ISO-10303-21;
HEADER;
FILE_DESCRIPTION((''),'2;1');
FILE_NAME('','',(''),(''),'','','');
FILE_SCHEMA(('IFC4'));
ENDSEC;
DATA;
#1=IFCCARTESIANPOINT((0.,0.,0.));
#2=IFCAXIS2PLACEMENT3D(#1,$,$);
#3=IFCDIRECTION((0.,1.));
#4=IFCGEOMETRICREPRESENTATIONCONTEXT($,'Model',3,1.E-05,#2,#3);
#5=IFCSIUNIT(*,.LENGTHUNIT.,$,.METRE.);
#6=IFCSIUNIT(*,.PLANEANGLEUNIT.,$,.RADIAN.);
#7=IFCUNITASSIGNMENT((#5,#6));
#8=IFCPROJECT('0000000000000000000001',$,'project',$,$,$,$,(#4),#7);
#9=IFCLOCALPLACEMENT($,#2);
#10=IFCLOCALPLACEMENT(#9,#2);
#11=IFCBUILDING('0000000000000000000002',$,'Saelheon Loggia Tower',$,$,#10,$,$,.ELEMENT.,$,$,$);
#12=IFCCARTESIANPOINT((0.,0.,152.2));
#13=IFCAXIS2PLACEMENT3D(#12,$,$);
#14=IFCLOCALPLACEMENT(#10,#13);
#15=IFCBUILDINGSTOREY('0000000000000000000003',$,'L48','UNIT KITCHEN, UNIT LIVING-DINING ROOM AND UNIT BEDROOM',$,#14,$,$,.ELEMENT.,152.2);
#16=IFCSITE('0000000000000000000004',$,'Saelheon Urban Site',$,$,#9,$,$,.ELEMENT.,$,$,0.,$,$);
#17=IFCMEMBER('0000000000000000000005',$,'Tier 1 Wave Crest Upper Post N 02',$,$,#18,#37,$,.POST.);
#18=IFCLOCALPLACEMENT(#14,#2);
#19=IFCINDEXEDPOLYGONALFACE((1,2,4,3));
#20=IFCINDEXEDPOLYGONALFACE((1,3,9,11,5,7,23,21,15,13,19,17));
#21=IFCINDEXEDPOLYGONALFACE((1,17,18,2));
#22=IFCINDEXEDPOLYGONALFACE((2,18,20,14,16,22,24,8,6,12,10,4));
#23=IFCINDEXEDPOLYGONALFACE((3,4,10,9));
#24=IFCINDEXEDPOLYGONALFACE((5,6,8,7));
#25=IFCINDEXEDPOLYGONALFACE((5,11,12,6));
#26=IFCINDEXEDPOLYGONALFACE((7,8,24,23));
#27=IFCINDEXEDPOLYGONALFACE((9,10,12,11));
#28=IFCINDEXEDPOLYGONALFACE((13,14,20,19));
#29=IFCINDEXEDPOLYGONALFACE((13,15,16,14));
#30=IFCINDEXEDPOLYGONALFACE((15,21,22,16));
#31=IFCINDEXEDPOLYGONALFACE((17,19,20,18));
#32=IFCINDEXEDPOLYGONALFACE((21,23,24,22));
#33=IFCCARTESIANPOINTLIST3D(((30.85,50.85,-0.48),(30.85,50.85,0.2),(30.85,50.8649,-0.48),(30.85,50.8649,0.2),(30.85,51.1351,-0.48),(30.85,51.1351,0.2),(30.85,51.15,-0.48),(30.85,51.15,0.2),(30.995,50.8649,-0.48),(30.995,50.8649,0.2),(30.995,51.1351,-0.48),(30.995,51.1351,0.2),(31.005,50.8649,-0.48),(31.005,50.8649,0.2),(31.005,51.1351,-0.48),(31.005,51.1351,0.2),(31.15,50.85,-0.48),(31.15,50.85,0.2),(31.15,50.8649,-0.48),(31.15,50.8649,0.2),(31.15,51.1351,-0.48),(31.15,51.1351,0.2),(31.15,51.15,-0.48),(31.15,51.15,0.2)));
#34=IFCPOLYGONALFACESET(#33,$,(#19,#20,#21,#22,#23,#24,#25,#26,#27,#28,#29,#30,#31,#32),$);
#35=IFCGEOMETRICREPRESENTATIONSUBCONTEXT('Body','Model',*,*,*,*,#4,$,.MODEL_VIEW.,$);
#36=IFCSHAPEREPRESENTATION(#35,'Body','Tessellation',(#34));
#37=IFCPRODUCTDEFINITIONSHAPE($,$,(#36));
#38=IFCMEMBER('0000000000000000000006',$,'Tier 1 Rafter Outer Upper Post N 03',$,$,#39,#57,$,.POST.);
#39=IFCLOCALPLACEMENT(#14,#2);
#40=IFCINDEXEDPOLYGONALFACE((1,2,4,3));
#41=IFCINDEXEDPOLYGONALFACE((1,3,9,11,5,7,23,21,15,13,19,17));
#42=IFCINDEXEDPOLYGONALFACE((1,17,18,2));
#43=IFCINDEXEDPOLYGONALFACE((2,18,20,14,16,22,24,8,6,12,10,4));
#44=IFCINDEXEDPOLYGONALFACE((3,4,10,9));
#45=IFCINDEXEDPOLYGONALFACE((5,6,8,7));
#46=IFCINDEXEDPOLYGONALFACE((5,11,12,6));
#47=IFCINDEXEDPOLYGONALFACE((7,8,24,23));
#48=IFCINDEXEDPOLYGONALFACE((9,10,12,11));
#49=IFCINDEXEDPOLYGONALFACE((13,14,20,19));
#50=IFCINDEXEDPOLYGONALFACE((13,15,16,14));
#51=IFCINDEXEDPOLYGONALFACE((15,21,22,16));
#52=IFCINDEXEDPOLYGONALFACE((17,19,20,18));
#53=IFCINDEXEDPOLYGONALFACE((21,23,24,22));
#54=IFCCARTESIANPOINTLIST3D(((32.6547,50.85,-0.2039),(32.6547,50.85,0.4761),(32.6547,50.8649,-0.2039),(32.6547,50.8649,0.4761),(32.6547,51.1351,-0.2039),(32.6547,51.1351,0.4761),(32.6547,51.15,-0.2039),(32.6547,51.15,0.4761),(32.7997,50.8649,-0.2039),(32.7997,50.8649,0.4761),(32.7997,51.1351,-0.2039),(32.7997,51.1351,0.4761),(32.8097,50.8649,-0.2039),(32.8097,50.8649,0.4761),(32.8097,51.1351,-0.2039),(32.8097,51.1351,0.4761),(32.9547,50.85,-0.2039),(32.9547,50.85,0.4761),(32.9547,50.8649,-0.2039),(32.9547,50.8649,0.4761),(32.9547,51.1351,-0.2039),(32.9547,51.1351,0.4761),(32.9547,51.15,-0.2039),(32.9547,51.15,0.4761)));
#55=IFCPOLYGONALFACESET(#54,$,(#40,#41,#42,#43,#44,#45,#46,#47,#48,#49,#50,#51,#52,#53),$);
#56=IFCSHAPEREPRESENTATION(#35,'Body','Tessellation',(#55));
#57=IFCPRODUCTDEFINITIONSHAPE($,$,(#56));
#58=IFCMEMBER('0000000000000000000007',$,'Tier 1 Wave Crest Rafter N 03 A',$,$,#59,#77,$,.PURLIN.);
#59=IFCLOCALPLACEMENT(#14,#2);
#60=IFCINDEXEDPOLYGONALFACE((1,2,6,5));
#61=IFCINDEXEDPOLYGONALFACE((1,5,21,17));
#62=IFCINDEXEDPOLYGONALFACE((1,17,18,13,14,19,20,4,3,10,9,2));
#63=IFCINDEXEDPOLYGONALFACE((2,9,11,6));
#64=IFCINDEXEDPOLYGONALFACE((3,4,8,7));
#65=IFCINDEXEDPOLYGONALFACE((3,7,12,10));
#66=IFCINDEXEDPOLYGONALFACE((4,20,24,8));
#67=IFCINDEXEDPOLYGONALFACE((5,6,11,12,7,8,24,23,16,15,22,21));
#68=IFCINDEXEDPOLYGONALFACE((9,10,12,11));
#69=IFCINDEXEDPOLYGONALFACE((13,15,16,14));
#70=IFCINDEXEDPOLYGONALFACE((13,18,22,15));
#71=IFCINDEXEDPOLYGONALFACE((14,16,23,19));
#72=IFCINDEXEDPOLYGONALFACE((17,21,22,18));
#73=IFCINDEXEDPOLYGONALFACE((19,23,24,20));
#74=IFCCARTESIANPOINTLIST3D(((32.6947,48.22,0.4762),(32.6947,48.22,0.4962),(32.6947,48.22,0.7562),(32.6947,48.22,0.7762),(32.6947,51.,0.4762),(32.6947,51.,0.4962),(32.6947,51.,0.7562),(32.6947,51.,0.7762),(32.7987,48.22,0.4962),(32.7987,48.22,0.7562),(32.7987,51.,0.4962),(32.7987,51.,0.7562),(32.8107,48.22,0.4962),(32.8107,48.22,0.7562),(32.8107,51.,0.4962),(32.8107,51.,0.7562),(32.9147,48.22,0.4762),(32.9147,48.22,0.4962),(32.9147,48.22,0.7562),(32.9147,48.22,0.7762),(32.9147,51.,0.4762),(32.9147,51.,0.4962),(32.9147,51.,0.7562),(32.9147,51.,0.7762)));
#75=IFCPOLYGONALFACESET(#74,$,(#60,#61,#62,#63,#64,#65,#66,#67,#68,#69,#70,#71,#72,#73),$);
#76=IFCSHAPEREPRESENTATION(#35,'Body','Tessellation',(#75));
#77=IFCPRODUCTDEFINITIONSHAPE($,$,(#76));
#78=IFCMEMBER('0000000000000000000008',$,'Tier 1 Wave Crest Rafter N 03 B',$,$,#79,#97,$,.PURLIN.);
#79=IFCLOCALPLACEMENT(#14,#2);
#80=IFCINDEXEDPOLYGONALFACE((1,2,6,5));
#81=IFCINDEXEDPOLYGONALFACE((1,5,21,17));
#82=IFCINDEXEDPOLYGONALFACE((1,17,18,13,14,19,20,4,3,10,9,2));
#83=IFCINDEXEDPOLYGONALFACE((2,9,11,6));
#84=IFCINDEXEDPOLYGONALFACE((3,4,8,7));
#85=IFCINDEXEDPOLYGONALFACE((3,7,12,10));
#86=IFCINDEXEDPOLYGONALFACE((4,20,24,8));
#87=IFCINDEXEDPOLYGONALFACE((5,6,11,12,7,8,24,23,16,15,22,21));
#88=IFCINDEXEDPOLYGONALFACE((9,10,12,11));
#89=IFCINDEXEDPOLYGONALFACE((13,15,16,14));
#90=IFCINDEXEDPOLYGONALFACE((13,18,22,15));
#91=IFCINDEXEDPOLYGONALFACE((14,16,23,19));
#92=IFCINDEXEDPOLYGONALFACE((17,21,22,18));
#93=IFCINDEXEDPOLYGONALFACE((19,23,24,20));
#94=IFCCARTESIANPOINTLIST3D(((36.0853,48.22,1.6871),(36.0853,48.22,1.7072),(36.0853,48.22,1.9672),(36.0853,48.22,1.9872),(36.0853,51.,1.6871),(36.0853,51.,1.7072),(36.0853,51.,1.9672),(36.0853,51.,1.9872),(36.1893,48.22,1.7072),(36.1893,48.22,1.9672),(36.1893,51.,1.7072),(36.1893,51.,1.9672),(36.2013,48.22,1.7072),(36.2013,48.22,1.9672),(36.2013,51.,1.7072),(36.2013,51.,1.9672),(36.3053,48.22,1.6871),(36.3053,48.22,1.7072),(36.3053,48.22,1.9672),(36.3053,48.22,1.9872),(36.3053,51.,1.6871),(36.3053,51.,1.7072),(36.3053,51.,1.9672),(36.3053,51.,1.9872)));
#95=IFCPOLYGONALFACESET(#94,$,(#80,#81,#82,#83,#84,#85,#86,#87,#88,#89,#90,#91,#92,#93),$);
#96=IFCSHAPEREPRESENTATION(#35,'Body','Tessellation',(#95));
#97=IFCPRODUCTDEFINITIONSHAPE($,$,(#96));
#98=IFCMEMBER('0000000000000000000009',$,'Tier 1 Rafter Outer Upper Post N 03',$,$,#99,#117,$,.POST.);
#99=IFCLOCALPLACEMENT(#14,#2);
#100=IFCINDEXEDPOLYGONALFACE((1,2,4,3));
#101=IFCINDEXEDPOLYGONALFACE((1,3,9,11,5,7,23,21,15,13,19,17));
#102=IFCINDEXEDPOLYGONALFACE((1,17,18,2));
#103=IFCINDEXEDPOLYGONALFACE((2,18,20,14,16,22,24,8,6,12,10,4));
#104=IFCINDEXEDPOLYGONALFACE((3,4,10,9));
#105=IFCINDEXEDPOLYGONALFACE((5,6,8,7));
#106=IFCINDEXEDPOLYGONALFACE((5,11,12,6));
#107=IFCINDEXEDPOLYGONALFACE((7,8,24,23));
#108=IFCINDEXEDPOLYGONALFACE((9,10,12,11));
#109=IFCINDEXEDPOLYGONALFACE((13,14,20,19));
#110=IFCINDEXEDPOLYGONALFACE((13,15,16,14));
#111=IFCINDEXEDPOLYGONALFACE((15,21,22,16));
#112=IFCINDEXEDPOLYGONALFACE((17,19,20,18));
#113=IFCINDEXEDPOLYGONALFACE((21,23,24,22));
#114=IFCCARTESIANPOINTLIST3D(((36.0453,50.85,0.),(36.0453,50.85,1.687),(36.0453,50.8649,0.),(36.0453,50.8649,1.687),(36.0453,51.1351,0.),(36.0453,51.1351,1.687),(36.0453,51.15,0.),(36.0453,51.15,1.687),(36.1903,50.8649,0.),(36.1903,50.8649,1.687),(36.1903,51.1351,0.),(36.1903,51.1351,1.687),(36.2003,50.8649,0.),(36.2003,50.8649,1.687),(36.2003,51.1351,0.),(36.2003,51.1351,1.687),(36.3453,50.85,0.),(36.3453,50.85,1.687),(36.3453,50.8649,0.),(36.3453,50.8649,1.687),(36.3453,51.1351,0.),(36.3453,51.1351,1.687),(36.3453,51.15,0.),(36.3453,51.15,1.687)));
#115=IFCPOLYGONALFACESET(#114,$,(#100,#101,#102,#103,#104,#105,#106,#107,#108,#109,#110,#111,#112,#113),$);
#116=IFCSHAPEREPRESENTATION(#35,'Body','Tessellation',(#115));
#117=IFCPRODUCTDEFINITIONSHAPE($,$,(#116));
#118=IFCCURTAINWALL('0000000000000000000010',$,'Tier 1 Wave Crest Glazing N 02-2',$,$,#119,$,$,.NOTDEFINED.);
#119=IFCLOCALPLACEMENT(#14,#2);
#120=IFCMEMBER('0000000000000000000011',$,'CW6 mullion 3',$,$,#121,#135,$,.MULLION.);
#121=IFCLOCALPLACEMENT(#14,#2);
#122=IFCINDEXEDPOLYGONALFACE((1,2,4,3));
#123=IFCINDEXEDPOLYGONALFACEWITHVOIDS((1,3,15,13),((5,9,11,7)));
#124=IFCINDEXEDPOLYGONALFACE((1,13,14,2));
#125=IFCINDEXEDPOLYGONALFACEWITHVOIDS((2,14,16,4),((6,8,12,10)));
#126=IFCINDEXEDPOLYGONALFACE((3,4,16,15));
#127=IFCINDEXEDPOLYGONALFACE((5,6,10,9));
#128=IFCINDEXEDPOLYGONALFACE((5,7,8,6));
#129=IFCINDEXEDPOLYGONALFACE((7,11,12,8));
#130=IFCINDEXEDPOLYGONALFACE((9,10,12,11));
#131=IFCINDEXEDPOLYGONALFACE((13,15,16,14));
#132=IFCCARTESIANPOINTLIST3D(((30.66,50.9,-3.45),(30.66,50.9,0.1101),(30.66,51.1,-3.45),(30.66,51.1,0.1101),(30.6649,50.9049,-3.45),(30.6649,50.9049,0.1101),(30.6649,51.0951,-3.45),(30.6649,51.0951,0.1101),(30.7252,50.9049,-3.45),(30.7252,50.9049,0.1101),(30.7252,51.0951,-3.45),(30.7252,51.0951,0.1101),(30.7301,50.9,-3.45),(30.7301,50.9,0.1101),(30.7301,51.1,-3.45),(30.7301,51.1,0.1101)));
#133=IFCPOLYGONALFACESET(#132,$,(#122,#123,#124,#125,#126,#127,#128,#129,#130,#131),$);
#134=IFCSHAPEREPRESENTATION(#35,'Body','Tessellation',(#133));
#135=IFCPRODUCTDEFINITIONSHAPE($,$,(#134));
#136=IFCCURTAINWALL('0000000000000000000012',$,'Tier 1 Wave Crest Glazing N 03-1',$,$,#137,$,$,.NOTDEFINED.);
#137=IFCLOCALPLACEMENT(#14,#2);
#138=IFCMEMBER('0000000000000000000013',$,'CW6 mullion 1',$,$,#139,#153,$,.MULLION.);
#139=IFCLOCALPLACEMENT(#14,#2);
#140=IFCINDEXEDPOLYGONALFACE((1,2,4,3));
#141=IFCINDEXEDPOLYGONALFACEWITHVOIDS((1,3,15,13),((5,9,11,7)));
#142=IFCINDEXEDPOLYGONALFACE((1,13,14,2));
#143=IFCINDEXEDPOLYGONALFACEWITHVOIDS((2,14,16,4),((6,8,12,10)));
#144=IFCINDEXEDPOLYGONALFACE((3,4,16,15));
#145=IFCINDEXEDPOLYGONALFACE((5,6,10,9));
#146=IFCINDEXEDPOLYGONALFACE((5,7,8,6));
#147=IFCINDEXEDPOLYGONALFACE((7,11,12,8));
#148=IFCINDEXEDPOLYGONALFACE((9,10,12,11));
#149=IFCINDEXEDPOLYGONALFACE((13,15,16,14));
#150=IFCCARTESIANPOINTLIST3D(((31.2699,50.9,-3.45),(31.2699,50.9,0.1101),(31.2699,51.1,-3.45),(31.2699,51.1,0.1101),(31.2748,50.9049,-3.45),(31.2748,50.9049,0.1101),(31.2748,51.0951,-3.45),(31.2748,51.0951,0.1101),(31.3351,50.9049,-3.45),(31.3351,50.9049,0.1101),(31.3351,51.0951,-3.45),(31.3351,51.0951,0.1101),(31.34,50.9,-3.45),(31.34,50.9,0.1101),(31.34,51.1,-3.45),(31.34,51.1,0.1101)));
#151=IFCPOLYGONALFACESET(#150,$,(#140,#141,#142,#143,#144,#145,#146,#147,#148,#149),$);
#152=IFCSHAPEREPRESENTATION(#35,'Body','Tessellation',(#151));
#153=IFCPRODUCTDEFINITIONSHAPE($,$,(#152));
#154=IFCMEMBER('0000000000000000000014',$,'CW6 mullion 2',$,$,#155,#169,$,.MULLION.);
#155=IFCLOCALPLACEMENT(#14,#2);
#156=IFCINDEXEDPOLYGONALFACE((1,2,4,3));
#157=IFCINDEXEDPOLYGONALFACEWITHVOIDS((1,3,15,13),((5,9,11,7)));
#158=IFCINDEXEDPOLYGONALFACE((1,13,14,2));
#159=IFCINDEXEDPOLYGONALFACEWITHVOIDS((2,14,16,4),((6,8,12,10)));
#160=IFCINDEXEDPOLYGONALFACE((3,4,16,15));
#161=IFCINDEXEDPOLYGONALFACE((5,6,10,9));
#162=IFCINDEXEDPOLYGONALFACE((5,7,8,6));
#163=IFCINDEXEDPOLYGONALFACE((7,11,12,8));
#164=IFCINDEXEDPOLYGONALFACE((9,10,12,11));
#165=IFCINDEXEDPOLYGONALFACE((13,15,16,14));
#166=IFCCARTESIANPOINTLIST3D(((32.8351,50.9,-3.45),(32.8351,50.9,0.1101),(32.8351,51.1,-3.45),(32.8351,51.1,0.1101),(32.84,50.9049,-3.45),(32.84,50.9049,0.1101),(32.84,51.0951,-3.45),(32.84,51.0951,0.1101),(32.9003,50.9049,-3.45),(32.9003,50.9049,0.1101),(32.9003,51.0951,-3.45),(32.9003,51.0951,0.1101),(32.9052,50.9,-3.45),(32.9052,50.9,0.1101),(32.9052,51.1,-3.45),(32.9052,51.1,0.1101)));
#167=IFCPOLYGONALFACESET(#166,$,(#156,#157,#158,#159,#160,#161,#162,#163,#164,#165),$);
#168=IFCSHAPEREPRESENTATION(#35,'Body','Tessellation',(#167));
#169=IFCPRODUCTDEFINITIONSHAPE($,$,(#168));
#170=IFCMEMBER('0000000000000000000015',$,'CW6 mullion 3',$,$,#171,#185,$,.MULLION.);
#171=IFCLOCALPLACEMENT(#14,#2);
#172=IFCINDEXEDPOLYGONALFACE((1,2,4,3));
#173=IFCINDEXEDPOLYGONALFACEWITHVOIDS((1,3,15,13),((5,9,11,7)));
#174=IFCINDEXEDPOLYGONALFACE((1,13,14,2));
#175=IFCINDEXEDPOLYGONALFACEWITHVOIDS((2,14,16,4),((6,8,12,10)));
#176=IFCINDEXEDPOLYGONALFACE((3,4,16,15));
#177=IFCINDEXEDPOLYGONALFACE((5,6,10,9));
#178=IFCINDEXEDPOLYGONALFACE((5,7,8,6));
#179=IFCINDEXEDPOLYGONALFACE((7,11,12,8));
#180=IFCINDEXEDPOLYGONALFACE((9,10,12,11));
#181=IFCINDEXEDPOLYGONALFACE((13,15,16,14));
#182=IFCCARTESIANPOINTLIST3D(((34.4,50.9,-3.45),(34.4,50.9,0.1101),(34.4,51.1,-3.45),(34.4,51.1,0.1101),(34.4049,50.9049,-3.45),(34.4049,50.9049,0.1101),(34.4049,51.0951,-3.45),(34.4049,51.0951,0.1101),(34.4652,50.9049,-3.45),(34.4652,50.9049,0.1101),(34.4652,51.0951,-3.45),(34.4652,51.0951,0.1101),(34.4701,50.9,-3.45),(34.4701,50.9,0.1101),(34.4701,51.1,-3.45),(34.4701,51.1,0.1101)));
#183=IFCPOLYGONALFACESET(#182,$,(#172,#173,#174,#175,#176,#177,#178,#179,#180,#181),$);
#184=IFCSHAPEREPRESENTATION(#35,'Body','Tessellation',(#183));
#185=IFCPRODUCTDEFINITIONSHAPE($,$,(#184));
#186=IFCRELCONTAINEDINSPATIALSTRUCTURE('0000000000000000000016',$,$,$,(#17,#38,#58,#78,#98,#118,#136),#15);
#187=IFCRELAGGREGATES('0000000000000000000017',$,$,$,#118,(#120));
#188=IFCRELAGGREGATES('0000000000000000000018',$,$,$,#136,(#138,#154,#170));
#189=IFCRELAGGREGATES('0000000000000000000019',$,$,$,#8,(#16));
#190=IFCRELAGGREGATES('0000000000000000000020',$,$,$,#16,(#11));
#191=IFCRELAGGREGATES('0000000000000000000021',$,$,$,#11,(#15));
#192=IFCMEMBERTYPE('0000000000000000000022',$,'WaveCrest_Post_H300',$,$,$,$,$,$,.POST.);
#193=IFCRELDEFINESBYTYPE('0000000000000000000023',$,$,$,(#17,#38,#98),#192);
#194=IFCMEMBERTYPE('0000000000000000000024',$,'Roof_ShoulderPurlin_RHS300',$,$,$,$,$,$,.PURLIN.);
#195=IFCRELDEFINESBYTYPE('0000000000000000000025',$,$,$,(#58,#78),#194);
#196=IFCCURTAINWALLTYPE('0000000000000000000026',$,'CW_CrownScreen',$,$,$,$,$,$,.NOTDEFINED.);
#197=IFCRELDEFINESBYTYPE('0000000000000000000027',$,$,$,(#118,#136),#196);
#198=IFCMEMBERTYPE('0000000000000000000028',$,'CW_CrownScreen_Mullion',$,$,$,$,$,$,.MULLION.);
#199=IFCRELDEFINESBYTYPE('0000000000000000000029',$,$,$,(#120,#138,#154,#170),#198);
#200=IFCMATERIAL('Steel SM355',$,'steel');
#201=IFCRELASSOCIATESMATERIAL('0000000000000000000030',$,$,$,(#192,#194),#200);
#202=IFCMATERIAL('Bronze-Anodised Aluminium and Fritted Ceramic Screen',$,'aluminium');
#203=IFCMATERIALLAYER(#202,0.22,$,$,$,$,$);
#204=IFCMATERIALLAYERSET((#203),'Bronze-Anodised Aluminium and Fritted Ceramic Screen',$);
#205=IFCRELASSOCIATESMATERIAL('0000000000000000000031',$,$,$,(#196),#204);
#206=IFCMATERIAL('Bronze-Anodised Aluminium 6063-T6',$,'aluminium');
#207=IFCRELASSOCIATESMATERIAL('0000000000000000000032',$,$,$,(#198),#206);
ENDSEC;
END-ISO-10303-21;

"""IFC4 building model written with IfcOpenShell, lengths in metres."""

from ifc_helpers import new_model, si_unit, direction, frame, origin, origin_2d, place, context, subcontext, project, spatial, hollow_rectangle, i_section, extrude, source, transform, mapped, material, layer, layer_set, material_profile, profile_set, type_object, element, aggregate, save


model = new_model("IFC4")

# Units and contexts
model_context = context("Model", 3, precision=1e-05, world=origin(), true_north=direction((0.0, 1.0)))
body_context = subcontext(model_context, "Body", "Model", "MODEL_VIEW")
ifc_project = project(units=[si_unit("LENGTHUNIT", "METRE"), si_unit("PLANEANGLEUNIT", "RADIAN")], contexts=[model_context])

# Site, building, storey
site_placement = place(None, origin())
site = spatial("IfcSite", under=ifc_project, at=site_placement, Name="Saelheon Urban Site", CompositionType="ELEMENT", RefElevation=0.0)
building_placement = place(site_placement, origin())
building = spatial("IfcBuilding", under=site, at=building_placement, Name="Saelheon Loggia Tower", CompositionType="ELEMENT")
storey_placement = place(building_placement, frame((0.0, 0.0, 152.2)))
storey = spatial("IfcBuildingStorey", under=building, at=storey_placement, Name="L48", Description="UNIT KITCHEN, UNIT LIVING-DINING ROOM AND UNIT BEDROOM", CompositionType="ELEMENT", Elevation=152.2)

# Members
ifc_material_1 = material(Name="Steel SM355", Category="steel")
ifc_material_profile_1 = material_profile(ifc_material_1, i_section(OverallWidth=0.3, OverallDepth=0.3, WebThickness=0.01, FlangeThickness=0.0149, at=origin_2d()), Name="H-300x300x10x15")
ifc_profile_set_1 = profile_set([ifc_material_profile_1], Name="Steel SM355")
member_type_1 = type_object("IfcMemberType", Name="WaveCrest_Post_H300", PredefinedType="POST", material=ifc_profile_set_1)
shared_shape_1 = source(origin(), body_context, "Body", "SweptSolid", [
    extrude(i_section(OverallWidth=0.3, OverallDepth=0.3, WebThickness=0.01, FlangeThickness=0.0149, at=origin_2d()), origin(), (0.0, 0.0, 1.0), 0.6799),
])
for number, where, z_axis, x_axis, name in (
    (1, (31.0, 51.0, -0.48), (0.0, 0.0, 1.0), (1.0, 0.0, 0.0), "Tier 1 Wave Crest Upper Post N 02"),
    (2, (32.8047, 51.0, -0.2039), (0.0, 0.0, 1.0), (1.0, 0.0, 0.0), "Tier 1 Rafter Outer Upper Post N 03"),
):
    element("IfcMember", number, at=place(storey_placement, frame(where, z_axis=z_axis, x_axis=x_axis)), inside=storey, type_object=member_type_1, Name=name, PredefinedType="POST", context=body_context, shape_type="MappedRepresentation", body=[
        mapped(shared_shape_1, transform((0.0, 0.0, 0.0), scale=1.0)),
    ])
ifc_material_profile_2 = material_profile(ifc_material_1, i_section(OverallWidth=0.22, OverallDepth=0.3, WebThickness=0.012, FlangeThickness=0.02, at=origin_2d()), Name="H-300x220x12x20")
ifc_profile_set_2 = profile_set([ifc_material_profile_2], Name="Steel SM355")
member_type_2 = type_object("IfcMemberType", Name="Roof_ShoulderPurlin_RHS300", PredefinedType="PURLIN", material=ifc_profile_set_2)
shared_shape_2 = source(origin(), body_context, "Body", "SweptSolid", [
    extrude(i_section(OverallWidth=0.22, OverallDepth=0.3, WebThickness=0.012, FlangeThickness=0.02, at=origin_2d()), origin(), (0.0, 0.0, 1.0), 2.78),
])
for number, where, z_axis, x_axis, name in (
    (3, (32.8047, 51.0, 0.6262), (0.0, -1.0, 0.0), (1.0, 0.0, 0.0), "Tier 1 Wave Crest Rafter N 03 A"),
    (4, (36.1953, 51.0, 1.8372), (0.0, -1.0, 0.0), (1.0, 0.0, 0.0), "Tier 1 Wave Crest Rafter N 03 B"),
):
    element("IfcMember", number, at=place(storey_placement, frame(where, z_axis=z_axis, x_axis=x_axis)), inside=storey, type_object=member_type_2, Name=name, PredefinedType="PURLIN", context=body_context, shape_type="MappedRepresentation", body=[
        mapped(shared_shape_2, transform((0.0, 0.0, 0.0), scale=1.0)),
    ])
shared_shape_3 = source(origin(), body_context, "Body", "SweptSolid", [
    extrude(i_section(OverallWidth=0.3, OverallDepth=0.3, WebThickness=0.01, FlangeThickness=0.0149, at=origin_2d()), origin(), (0.0, 0.0, 1.0), 1.687),
])
member_1_placement = place(storey_placement, frame((36.1953, 51.0, 0.0), z_axis=(0.0, 0.0, 1.0), x_axis=(1.0, 0.0, 0.0)))
element("IfcMember", 5, at=member_1_placement, inside=storey, type_object=member_type_1, Name="Tier 1 Rafter Outer Upper Post N 03", PredefinedType="POST", context=body_context, shape_type="MappedRepresentation", body=[
    mapped(shared_shape_3, transform((0.0, 0.0, 0.0), scale=1.0)),
])

# Curtain wall, member
ifc_material_2 = material(Name="Bronze-Anodised Aluminium and Fritted Ceramic Screen", Category="aluminium")
ifc_layer_1 = layer(ifc_material_2, 0.22)
ifc_layer_set_1 = layer_set([ifc_layer_1], Name="Bronze-Anodised Aluminium and Fritted Ceramic Screen")
curtain_wall_type = type_object("IfcCurtainWallType", Name="CW_CrownScreen", PredefinedType="NOTDEFINED", material=ifc_layer_set_1)
curtain_wall_1_placement = place(storey_placement, origin())
curtain_wall_1 = element("IfcCurtainWall", 6, at=curtain_wall_1_placement, inside=storey, type_object=curtain_wall_type, Name="Tier 1 Wave Crest Glazing N 02-2", PredefinedType="NOTDEFINED")
ifc_material_3 = material(Name="Bronze-Anodised Aluminium 6063-T6", Category="aluminium")
ifc_material_profile_3 = material_profile(ifc_material_3, hollow_rectangle(XDim=0.0701, YDim=0.2, WallThickness=0.0049, at=origin_2d()), Name="RHS-200x70x5")
ifc_profile_set_3 = profile_set([ifc_material_profile_3], Name="Bronze-Anodised Aluminium 6063-T6")
member_type_3 = type_object("IfcMemberType", Name="CW_CrownScreen_Mullion", PredefinedType="MULLION", material=ifc_profile_set_3)
shared_shape_4 = source(origin(), body_context, "Body", "SweptSolid", [
    extrude(hollow_rectangle(XDim=0.0701, YDim=0.2, WallThickness=0.0049, at=origin_2d()), origin(), (0.0, 0.0, 1.0), 3.5601),
])
member_2_placement = place(storey_placement, frame((30.6951, 51.0, -3.45), z_axis=(0.0, 0.0, 1.0), x_axis=(1.0, 0.0, 0.0)))
member_2 = element("IfcMember", 7, at=member_2_placement, type_object=member_type_3, Name="CW6 mullion 3", PredefinedType="MULLION", context=body_context, shape_type="MappedRepresentation", body=[
    mapped(shared_shape_4, transform((0.0, 0.0, 0.0), scale=1.0)),
])
aggregate(curtain_wall_1, [member_2])

# Curtain wall, members
curtain_wall_2_placement = place(storey_placement, origin())
curtain_wall_2 = element("IfcCurtainWall", 8, at=curtain_wall_2_placement, inside=storey, type_object=curtain_wall_type, Name="Tier 1 Wave Crest Glazing N 03-1", PredefinedType="NOTDEFINED")
member_3_placement = place(storey_placement, frame((31.3049, 51.0, -3.45), z_axis=(0.0, 0.0, 1.0), x_axis=(1.0, 0.0, 0.0)))
member_3 = element("IfcMember", 9, at=member_3_placement, type_object=member_type_3, Name="CW6 mullion 1", PredefinedType="MULLION", context=body_context, shape_type="MappedRepresentation", body=[
    mapped(shared_shape_4, transform((0.0, 0.0, 0.0), scale=1.0)),
])
member_4_placement = place(storey_placement, frame((32.8701, 51.0, -3.45), z_axis=(0.0, 0.0, 1.0), x_axis=(1.0, 0.0, 0.0)))
member_4 = element("IfcMember", 10, at=member_4_placement, type_object=member_type_3, Name="CW6 mullion 2", PredefinedType="MULLION", context=body_context, shape_type="MappedRepresentation", body=[
    mapped(shared_shape_4, transform((0.0, 0.0, 0.0), scale=1.0)),
])
member_5_placement = place(storey_placement, frame((34.4351, 51.0, -3.45), z_axis=(0.0, 0.0, 1.0), x_axis=(1.0, 0.0, 0.0)))
member_5 = element("IfcMember", 11, at=member_5_placement, type_object=member_type_3, Name="CW6 mullion 3", PredefinedType="MULLION", context=body_context, shape_type="MappedRepresentation", body=[
    mapped(shared_shape_4, transform((0.0, 0.0, 0.0), scale=1.0)),
])

aggregate(curtain_wall_2, [member_3, member_4, member_5])

save(model, "model.ifc")
